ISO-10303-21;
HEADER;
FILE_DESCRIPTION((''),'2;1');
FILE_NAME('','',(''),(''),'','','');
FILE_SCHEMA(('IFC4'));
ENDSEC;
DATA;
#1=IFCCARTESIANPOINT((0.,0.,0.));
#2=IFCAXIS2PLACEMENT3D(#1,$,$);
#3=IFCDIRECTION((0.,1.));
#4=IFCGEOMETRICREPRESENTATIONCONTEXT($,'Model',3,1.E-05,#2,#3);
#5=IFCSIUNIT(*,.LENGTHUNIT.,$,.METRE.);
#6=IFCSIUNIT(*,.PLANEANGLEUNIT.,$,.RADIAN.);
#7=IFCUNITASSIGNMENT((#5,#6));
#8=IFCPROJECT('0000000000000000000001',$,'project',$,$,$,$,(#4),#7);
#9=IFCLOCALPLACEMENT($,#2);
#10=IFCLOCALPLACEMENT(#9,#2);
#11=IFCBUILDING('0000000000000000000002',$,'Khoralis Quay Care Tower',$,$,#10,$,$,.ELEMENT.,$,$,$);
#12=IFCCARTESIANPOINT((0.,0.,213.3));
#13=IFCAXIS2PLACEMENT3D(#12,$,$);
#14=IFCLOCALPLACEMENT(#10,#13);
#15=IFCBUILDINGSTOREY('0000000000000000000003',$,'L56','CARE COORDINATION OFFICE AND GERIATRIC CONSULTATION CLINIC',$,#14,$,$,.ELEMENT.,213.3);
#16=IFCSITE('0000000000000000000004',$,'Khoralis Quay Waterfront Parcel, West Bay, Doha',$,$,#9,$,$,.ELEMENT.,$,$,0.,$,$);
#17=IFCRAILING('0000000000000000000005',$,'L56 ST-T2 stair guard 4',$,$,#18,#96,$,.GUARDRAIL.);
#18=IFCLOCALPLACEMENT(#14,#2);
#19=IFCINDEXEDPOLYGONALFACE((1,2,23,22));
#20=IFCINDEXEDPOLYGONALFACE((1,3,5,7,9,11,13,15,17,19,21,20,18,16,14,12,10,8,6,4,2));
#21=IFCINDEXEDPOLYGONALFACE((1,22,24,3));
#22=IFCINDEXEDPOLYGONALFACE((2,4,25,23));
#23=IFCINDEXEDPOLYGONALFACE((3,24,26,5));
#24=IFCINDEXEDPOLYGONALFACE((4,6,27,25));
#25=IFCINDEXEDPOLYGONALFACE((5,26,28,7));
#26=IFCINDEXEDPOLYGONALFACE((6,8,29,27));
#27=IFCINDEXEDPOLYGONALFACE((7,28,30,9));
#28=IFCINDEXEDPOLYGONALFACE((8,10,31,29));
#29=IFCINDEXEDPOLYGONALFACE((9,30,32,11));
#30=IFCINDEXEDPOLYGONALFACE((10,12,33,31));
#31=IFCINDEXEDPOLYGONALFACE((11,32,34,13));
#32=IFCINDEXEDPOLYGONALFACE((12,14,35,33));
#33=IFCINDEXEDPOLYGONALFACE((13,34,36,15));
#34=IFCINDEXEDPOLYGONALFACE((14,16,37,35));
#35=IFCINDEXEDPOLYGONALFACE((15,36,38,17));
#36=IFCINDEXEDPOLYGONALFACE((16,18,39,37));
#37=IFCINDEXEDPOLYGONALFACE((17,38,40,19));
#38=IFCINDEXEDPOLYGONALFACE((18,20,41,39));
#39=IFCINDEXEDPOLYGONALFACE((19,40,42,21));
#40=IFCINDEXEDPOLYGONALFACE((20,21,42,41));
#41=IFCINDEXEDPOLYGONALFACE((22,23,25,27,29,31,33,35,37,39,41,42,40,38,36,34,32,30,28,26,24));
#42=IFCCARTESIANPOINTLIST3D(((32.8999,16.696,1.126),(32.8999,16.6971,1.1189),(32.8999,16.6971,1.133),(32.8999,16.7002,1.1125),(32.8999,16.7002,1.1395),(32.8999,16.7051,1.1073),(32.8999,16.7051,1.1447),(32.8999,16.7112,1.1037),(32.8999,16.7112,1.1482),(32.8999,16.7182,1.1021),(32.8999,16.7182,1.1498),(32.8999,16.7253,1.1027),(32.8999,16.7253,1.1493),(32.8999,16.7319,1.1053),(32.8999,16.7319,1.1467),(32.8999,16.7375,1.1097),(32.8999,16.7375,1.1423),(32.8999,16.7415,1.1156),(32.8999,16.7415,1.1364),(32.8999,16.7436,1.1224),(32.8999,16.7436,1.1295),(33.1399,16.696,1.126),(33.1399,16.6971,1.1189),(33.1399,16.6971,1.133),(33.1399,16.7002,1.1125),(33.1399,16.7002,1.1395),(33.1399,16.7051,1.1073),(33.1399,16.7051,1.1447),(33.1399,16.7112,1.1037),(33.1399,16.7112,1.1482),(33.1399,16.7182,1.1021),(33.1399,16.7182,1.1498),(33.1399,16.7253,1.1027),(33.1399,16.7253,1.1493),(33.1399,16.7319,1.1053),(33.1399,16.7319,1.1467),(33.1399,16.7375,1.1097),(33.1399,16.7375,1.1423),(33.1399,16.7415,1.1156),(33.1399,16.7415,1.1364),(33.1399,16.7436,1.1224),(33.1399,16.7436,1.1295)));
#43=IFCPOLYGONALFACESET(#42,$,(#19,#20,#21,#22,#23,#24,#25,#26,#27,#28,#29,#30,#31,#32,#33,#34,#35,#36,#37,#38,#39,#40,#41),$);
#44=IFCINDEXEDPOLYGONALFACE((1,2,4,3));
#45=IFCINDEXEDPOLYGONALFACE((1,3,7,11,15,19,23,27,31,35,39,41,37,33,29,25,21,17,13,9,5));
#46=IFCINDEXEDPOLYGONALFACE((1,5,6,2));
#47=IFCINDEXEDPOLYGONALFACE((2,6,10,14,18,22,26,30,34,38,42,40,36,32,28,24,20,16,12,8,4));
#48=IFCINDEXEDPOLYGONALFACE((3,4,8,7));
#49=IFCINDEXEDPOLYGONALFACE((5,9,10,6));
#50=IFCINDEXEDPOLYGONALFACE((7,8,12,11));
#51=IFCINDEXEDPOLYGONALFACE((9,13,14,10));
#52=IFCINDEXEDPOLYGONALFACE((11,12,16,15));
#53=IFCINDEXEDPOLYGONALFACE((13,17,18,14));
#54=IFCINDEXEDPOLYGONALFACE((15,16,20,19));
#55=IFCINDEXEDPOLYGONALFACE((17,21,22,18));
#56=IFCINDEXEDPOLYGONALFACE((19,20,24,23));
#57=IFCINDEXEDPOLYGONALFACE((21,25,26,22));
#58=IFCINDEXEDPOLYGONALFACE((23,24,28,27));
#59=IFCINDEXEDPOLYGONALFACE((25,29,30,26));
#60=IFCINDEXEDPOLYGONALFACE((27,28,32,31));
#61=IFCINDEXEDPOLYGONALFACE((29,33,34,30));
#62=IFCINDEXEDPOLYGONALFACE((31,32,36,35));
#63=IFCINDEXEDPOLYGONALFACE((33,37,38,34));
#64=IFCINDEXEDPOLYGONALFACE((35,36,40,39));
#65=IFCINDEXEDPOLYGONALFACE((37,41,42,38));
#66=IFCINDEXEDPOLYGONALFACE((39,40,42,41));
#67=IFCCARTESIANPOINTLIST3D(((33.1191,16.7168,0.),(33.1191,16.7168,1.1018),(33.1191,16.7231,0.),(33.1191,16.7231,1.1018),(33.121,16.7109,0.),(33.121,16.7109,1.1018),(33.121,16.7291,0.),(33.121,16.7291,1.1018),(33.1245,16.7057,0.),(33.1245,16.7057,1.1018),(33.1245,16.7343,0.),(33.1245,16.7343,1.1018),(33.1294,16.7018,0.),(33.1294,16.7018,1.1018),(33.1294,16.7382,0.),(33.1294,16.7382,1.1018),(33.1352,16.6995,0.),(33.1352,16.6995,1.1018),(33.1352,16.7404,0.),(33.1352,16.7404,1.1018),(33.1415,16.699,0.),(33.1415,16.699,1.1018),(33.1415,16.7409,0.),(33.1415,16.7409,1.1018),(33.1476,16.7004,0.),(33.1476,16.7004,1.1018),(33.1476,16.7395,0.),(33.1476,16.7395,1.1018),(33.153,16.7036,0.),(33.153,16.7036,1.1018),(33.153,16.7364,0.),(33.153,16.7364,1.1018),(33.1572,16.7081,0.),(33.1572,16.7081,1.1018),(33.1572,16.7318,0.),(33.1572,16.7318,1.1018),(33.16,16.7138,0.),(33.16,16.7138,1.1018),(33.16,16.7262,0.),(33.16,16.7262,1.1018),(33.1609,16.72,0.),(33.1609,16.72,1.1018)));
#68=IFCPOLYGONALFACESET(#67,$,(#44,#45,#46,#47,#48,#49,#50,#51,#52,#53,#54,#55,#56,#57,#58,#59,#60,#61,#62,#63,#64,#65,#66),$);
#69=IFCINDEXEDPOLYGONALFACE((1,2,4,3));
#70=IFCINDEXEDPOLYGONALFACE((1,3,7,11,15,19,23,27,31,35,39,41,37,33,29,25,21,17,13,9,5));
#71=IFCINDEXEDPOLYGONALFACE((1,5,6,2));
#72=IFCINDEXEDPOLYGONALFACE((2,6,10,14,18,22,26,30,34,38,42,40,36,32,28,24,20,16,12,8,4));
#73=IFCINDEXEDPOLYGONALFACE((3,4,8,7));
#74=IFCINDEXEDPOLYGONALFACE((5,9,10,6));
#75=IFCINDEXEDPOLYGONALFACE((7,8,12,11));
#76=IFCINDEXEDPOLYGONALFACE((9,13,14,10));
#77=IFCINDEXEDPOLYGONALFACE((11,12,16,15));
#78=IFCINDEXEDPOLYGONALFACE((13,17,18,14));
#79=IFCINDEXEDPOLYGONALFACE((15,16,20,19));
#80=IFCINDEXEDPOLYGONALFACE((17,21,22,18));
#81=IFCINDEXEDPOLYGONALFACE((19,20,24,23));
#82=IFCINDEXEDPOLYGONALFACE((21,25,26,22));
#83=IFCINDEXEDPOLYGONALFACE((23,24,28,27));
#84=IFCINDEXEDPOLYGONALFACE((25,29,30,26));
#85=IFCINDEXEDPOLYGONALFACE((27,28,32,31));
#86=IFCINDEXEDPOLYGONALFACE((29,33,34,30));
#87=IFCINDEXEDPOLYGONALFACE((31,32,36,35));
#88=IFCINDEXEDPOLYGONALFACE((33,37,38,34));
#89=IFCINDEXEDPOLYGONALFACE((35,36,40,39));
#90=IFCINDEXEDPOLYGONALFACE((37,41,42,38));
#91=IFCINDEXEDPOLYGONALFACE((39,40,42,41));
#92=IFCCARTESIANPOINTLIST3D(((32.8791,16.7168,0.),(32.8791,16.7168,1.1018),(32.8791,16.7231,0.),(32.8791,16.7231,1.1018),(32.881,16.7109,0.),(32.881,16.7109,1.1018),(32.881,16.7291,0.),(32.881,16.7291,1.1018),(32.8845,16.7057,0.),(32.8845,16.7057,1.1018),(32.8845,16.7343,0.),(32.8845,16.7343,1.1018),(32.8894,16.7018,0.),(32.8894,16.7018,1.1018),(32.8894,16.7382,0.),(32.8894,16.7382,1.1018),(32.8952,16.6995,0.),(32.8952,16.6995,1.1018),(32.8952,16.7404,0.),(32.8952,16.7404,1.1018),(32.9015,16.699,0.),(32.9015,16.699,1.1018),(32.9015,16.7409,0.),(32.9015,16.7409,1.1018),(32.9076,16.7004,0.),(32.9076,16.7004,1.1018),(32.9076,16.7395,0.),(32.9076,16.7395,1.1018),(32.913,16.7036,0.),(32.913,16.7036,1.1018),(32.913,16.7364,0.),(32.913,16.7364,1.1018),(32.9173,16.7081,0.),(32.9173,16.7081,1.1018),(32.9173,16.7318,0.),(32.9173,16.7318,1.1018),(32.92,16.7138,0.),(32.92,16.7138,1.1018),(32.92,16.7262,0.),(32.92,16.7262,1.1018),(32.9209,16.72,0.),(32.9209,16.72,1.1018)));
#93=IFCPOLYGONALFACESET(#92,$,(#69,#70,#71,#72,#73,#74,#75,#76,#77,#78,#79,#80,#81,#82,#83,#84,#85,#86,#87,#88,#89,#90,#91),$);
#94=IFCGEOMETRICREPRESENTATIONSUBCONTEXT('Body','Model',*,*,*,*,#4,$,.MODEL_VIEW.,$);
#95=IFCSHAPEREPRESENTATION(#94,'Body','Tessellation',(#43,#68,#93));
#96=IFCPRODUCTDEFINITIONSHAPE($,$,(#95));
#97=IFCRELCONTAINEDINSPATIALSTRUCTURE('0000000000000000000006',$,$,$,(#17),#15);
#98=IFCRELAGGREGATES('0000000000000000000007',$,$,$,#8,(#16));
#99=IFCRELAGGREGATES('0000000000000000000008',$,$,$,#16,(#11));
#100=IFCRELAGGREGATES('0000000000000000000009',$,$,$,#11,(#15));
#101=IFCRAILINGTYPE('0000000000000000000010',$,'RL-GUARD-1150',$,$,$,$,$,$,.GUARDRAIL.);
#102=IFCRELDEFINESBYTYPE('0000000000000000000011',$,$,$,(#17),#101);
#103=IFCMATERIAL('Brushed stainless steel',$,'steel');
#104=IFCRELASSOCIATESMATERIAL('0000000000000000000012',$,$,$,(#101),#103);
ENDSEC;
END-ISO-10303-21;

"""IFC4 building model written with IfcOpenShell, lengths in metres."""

from ifc_helpers import new_model, si_unit, direction, frame, origin, origin_2d, place, context, subcontext, project, spatial, circle, extrude, material, type_object, element, save


model = new_model("IFC4")

# Units and contexts
model_context = context("Model", 3, precision=1e-05, world=origin(), true_north=direction((0.0, 1.0)))
body_context = subcontext(model_context, "Body", "Model", "MODEL_VIEW")
ifc_project = project(units=[si_unit("LENGTHUNIT", "METRE"), si_unit("PLANEANGLEUNIT", "RADIAN")], contexts=[model_context])

# Site, building, storey
site_placement = place(None, origin())
site = spatial("IfcSite", under=ifc_project, at=site_placement, Name="Khoralis Quay Waterfront Parcel, West Bay, Doha", CompositionType="ELEMENT", RefElevation=0.0)
building_placement = place(site_placement, origin())
building = spatial("IfcBuilding", under=site, at=building_placement, Name="Khoralis Quay Care Tower", CompositionType="ELEMENT")
storey_placement = place(building_placement, frame((0.0, 0.0, 213.3)))
storey = spatial("IfcBuildingStorey", under=building, at=storey_placement, Name="L56", Description="CARE COORDINATION OFFICE AND GERIATRIC CONSULTATION CLINIC", CompositionType="ELEMENT", Elevation=213.3)

# Shared definitions
ifc_material_1 = material(Name="Brushed stainless steel", Category="steel")

# Railing
railing_type_1 = type_object("IfcRailingType", Name="RL-GUARD-1150", PredefinedType="GUARDRAIL", material=ifc_material_1)
railing_1_placement = place(storey_placement, frame((33.1399, 16.72, 0.0)))
element("IfcRailing", 1, at=railing_1_placement, inside=storey, type_object=railing_type_1, Name="L56 ST-T2 stair guard 4", PredefinedType="GUARDRAIL", context=body_context, shape_type="SweptSolid", body=[
    extrude(circle(Radius=0.0239, at=origin_2d()), frame((0.0, 0.0, 1.126), z_axis=(-1.0, 0.0, 0.0), x_axis=(0.0, -1.0, 0.0)), (0.0, 0.0, 1.0), 0.24),
    extrude(circle(Radius=0.021, at=origin_2d()), origin(), (0.0, 0.0, 1.0), 1.1018),
    extrude(circle(Radius=0.021, at=origin_2d()), frame((-0.24, 0.0, 0.0)), (0.0, 0.0, 1.0), 1.1018),
])

save(model, "model.ifc")
